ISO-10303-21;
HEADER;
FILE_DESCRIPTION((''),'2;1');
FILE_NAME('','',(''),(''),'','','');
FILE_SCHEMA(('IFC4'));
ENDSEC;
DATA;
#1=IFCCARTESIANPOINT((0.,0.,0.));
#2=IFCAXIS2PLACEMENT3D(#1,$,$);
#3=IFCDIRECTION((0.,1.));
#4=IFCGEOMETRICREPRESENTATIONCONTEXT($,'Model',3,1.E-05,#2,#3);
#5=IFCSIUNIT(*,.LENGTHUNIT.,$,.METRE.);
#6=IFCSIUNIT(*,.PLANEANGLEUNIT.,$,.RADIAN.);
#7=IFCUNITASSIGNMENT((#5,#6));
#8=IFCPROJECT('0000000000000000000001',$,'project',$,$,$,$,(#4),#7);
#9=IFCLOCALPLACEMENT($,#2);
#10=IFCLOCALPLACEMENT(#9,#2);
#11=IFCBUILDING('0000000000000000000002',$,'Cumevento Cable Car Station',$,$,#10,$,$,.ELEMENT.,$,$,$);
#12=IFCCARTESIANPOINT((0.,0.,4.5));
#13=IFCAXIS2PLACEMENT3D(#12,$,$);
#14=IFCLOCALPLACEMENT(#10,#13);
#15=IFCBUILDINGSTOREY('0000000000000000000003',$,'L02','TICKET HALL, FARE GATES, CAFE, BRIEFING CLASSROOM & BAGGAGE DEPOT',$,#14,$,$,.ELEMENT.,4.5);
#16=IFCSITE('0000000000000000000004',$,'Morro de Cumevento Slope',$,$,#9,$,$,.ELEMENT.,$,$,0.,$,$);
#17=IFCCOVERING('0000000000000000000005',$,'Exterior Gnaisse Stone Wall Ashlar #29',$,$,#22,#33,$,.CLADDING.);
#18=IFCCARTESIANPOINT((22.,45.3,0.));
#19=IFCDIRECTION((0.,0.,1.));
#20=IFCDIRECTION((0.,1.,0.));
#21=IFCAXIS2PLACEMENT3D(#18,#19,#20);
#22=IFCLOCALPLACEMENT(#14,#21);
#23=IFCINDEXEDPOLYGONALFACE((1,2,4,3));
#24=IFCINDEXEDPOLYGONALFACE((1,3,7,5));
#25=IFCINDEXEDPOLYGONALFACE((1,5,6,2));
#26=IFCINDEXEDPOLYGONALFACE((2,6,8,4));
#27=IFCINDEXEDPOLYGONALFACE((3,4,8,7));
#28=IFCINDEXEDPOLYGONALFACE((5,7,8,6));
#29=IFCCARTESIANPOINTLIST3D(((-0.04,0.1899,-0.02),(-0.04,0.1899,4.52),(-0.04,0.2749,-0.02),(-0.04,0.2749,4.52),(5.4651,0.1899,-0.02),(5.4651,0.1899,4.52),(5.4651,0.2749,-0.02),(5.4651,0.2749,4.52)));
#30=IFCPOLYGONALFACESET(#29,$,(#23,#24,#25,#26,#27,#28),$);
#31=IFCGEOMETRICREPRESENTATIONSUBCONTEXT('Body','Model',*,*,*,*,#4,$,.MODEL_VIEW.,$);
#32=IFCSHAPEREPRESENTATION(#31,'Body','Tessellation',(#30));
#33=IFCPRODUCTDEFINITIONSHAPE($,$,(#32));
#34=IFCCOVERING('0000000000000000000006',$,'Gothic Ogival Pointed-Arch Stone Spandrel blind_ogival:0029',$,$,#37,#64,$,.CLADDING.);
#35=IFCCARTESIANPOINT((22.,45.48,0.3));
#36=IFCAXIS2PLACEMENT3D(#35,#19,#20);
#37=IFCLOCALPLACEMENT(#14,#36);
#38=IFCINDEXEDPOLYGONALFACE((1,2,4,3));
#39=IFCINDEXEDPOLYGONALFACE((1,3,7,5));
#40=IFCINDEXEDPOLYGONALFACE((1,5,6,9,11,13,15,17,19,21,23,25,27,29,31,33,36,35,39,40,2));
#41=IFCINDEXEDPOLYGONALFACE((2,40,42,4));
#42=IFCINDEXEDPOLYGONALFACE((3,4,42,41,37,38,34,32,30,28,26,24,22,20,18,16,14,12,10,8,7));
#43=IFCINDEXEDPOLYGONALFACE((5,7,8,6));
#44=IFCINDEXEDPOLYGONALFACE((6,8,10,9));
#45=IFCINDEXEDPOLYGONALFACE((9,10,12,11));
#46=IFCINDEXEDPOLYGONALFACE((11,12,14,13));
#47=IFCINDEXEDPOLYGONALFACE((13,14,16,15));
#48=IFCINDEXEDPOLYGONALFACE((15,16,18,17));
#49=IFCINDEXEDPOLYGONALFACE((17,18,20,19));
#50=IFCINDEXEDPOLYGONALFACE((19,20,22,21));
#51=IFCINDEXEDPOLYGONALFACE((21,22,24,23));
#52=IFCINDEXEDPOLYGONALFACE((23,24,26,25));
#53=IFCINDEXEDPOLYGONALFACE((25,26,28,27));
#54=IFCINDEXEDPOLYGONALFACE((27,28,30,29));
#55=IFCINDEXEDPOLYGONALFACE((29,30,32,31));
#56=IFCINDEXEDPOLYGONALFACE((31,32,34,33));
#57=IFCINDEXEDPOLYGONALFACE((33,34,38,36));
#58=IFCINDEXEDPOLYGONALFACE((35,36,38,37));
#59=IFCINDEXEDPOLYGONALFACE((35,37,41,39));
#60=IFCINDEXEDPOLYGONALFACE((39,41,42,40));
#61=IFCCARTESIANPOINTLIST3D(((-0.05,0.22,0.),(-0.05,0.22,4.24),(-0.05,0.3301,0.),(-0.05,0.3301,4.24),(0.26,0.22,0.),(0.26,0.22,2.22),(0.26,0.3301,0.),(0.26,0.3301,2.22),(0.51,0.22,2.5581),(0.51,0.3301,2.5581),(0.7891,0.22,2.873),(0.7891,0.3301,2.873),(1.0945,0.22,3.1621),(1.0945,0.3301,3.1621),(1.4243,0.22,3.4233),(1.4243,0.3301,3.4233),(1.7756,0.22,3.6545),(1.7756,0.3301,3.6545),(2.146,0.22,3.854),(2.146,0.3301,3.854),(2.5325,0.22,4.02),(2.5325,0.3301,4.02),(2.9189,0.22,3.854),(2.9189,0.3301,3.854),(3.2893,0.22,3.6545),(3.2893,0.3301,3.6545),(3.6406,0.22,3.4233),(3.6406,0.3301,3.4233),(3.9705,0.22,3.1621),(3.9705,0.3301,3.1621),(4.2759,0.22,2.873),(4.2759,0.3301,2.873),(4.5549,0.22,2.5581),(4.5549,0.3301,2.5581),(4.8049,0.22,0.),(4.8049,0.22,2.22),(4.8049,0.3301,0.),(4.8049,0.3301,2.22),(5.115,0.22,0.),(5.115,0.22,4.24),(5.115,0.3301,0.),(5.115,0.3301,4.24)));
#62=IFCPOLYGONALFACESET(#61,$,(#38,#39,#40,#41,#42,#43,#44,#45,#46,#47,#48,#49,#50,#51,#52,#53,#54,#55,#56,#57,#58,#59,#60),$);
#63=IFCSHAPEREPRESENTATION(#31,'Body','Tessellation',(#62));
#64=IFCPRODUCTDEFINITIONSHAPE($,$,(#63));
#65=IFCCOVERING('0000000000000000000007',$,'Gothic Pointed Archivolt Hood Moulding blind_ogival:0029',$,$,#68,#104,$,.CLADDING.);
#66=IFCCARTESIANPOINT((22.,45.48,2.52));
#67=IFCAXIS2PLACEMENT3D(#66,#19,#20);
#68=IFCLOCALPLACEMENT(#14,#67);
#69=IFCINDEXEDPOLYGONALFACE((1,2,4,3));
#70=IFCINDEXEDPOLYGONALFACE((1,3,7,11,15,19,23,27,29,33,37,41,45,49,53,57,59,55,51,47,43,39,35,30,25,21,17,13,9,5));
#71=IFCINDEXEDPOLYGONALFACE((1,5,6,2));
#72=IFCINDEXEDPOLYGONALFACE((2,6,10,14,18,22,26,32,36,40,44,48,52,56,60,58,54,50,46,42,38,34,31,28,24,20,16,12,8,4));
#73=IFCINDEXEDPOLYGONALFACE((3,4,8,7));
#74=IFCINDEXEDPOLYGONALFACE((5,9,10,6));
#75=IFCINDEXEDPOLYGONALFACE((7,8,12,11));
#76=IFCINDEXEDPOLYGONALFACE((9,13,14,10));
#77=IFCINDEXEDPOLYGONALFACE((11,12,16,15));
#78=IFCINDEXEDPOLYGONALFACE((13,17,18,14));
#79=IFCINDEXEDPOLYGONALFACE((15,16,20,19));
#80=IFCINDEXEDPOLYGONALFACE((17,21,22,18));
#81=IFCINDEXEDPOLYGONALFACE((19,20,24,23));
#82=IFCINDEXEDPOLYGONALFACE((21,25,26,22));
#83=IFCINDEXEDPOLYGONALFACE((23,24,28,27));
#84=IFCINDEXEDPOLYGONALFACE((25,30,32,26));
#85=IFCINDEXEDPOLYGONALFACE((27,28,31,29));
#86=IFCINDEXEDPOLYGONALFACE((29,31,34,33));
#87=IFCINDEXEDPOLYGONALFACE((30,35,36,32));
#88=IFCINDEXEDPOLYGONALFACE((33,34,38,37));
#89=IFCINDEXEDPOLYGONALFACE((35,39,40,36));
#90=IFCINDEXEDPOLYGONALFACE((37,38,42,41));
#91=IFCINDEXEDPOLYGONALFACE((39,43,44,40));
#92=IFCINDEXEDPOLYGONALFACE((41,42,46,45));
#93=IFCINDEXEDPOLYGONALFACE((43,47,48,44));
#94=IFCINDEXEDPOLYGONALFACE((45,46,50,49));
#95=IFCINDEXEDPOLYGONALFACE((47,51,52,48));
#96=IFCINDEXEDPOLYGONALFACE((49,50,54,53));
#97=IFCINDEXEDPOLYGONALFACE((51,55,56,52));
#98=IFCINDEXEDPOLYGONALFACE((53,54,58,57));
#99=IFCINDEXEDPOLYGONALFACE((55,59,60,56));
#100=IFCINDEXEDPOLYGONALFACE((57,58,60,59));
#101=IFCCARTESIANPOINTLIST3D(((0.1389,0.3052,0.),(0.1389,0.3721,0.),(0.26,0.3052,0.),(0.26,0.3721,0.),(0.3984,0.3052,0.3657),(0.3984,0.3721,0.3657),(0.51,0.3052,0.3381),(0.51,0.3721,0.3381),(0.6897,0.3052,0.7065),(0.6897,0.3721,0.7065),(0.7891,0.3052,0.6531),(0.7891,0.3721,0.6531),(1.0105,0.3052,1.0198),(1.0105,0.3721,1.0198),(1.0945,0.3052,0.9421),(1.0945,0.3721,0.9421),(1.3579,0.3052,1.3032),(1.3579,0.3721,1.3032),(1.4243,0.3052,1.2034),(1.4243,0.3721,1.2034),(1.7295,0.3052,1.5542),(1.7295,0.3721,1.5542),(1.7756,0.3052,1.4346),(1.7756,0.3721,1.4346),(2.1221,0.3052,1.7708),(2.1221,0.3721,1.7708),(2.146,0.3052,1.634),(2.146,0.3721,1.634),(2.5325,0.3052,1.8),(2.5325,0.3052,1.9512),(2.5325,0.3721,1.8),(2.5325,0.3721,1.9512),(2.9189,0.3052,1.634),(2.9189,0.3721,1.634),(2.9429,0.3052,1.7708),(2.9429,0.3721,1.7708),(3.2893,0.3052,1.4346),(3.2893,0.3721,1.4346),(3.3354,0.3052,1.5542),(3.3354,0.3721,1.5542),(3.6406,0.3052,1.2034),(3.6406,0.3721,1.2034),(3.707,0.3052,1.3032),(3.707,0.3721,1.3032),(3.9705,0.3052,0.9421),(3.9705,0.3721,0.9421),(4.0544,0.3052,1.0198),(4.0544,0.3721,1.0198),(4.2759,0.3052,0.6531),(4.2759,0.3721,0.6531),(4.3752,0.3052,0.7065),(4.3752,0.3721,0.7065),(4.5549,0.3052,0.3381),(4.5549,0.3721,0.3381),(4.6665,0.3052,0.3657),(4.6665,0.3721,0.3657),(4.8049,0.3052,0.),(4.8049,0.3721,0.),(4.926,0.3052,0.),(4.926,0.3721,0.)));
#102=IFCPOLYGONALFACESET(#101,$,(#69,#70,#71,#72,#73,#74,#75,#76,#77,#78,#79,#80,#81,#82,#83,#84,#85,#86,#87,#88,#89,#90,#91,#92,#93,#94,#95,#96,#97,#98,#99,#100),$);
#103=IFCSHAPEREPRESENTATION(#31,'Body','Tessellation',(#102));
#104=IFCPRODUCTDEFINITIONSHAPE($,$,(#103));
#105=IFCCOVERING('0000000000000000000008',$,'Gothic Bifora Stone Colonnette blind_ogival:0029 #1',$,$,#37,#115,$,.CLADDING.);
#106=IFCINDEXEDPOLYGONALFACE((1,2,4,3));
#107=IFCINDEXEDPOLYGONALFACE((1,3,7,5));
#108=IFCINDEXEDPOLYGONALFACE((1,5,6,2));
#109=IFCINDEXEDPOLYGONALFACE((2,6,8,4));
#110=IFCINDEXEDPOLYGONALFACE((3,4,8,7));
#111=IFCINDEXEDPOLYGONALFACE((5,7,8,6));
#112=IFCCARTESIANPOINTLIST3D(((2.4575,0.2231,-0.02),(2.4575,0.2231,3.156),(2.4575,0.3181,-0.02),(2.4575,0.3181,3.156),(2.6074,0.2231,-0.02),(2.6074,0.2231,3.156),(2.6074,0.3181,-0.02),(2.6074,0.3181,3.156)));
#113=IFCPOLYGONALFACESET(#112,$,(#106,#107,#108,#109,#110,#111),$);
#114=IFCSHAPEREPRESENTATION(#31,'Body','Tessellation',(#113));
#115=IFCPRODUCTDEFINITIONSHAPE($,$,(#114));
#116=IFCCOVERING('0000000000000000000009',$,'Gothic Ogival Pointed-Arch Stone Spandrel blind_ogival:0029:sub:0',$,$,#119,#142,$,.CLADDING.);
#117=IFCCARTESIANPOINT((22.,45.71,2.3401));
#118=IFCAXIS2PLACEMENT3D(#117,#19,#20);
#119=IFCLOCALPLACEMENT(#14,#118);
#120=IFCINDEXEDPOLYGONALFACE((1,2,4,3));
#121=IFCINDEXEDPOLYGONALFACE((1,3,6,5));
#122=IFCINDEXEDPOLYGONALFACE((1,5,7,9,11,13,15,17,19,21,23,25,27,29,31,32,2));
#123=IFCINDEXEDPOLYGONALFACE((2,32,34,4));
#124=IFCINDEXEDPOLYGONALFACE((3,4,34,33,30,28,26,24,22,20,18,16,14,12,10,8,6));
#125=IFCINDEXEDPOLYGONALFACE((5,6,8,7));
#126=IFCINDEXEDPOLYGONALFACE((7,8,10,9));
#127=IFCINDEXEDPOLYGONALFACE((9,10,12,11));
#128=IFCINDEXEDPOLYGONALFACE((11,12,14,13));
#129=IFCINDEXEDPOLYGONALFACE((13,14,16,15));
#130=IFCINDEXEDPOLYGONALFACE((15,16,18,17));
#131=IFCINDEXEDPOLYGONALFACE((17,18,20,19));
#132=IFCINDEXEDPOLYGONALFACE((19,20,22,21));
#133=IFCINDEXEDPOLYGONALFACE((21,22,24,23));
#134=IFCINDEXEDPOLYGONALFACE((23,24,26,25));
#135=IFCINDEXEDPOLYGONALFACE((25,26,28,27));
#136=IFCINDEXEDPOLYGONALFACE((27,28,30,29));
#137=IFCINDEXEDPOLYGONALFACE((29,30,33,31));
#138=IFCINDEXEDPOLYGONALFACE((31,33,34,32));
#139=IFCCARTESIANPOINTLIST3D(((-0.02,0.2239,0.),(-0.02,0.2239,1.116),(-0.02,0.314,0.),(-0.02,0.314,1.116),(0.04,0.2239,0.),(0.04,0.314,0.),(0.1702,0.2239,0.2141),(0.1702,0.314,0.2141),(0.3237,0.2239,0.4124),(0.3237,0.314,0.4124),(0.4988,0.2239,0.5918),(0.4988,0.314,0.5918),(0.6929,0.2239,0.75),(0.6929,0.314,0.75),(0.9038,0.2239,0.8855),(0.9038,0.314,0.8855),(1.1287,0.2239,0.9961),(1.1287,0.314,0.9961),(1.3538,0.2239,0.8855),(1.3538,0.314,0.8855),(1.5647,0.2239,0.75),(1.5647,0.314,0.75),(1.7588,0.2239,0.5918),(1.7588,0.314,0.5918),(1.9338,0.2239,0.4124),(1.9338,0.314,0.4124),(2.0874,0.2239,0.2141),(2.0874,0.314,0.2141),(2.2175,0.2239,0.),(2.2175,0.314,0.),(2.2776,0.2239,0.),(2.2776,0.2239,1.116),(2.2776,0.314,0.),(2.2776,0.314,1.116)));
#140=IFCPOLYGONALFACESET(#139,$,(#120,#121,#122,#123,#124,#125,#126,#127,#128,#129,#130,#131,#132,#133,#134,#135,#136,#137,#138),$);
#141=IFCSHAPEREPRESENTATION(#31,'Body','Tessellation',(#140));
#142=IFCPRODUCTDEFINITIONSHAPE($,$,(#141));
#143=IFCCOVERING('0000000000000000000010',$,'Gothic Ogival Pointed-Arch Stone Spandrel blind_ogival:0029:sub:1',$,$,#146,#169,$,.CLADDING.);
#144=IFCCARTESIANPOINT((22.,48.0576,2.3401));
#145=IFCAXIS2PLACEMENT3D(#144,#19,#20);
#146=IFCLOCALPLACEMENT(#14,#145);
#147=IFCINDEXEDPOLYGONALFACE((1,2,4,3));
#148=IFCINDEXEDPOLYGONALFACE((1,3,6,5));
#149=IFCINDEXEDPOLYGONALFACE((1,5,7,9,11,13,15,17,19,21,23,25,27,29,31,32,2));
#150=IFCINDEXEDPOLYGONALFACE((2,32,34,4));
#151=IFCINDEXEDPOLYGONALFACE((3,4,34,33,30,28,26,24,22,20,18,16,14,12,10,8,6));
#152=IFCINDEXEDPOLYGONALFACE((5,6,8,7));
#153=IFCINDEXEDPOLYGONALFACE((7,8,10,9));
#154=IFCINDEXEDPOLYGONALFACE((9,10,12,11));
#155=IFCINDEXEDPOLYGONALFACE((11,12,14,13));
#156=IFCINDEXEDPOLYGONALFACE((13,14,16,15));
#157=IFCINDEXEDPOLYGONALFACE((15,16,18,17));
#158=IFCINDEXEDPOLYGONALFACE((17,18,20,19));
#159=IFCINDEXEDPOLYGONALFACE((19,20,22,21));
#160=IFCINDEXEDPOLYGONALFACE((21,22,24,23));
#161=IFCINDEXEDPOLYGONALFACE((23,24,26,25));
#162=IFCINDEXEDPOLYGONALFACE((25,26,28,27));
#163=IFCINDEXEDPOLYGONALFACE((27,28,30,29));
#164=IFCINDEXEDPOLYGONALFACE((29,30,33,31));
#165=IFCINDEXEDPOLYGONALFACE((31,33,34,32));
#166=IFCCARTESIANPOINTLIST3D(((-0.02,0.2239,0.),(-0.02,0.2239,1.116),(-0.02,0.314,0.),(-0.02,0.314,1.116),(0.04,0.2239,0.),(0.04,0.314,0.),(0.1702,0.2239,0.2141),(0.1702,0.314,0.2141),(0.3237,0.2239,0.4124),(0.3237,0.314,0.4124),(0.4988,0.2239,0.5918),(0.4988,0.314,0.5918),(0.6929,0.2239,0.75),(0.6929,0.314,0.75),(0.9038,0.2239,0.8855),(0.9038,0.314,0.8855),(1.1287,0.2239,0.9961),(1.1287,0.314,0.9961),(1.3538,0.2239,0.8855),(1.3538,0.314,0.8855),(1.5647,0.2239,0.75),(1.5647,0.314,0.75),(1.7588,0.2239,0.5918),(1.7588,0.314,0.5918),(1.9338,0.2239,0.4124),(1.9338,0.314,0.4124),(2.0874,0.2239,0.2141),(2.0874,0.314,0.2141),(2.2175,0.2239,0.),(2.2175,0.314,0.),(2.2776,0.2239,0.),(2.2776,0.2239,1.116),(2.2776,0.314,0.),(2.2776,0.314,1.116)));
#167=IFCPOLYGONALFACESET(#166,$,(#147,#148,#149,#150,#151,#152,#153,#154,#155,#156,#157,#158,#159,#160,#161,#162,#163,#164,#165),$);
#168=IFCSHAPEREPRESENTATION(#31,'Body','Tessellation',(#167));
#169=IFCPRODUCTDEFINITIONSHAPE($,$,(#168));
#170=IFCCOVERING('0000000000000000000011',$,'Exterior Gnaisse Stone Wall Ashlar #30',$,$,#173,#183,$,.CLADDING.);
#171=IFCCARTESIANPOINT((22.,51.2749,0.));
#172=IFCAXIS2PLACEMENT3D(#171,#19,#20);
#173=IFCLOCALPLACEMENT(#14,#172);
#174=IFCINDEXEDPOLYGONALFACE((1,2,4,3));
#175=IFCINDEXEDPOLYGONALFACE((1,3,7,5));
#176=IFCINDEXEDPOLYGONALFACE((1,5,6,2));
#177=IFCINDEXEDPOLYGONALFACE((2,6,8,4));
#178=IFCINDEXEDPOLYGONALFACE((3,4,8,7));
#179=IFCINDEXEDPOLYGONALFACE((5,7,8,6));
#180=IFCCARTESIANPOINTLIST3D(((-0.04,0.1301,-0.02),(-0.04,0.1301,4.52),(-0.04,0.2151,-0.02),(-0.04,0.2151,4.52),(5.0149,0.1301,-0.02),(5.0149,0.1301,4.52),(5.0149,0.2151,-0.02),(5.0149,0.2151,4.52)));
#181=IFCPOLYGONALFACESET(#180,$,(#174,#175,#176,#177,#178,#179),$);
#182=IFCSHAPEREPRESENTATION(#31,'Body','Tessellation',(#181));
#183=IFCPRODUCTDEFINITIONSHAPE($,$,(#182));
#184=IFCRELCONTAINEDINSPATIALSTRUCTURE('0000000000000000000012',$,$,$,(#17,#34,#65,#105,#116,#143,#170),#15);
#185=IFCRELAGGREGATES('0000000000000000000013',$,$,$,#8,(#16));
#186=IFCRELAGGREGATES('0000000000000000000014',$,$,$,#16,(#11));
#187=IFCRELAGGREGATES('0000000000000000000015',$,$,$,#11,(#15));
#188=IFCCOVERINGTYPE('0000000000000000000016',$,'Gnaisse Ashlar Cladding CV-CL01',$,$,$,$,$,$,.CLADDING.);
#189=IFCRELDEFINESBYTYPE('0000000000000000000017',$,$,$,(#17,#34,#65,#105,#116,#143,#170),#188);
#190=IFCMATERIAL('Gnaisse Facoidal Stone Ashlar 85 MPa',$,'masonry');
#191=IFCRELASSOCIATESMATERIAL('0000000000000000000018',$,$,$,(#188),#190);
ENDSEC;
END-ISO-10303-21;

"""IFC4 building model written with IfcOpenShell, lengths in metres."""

from ifc_helpers import new_model, si_unit, direction, frame, origin, place, context, subcontext, project, spatial, polyline, outline, extrude, material, type_object, element, save


model = new_model("IFC4")

# Units and contexts
model_context = context("Model", 3, precision=1e-05, world=origin(), true_north=direction((0.0, 1.0)))
body_context = subcontext(model_context, "Body", "Model", "MODEL_VIEW")
ifc_project = project(units=[si_unit("LENGTHUNIT", "METRE"), si_unit("PLANEANGLEUNIT", "RADIAN")], contexts=[model_context])

# Site, building, storey
site_placement = place(None, origin())
site = spatial("IfcSite", under=ifc_project, at=site_placement, Name="Morro de Cumevento Slope", CompositionType="ELEMENT", RefElevation=0.0)
building_placement = place(site_placement, origin())
building = spatial("IfcBuilding", under=site, at=building_placement, Name="Cumevento Cable Car Station", CompositionType="ELEMENT")
storey_placement = place(building_placement, frame((0.0, 0.0, 4.5)))
storey = spatial("IfcBuildingStorey", under=building, at=storey_placement, Name="L02", Description="TICKET HALL, FARE GATES, CAFE, BRIEFING CLASSROOM & BAGGAGE DEPOT", CompositionType="ELEMENT", Elevation=4.5)

# Coverings
ifc_material_1 = material(Name="Gnaisse Facoidal Stone Ashlar 85 MPa", Category="masonry")
covering_type = type_object("IfcCoveringType", Name="Gnaisse Ashlar Cladding CV-CL01", PredefinedType="CLADDING", material=ifc_material_1)
covering_1_placement = place(storey_placement, frame((22.0, 45.3, 0.0), z_axis=(0.0, 0.0, 1.0), x_axis=(0.0, 1.0, 0.0)))
element("IfcCovering", 1, at=covering_1_placement, inside=storey, type_object=covering_type, Name="Exterior Gnaisse Stone Wall Ashlar #29", PredefinedType="CLADDING", context=body_context, shape_type="SweptSolid", body=[
    extrude(outline(polyline([(-0.04, -0.02), (5.4651, -0.02), (5.4651, 4.52), (-0.04, 4.52), (-0.04, -0.02)])), frame((0.0, 0.2749, 0.0), z_axis=(0.0, -1.0, 0.0), x_axis=(1.0, 0.0, 0.0)), (0.0, 0.0, 1.0), 0.085),
])
placement = place(storey_placement, frame((22.0, 45.48, 0.3), z_axis=(0.0, 0.0, 1.0), x_axis=(0.0, 1.0, 0.0)))
element("IfcCovering", 2, at=placement, inside=storey, type_object=covering_type, Name="Gothic Ogival Pointed-Arch Stone Spandrel blind_ogival:0029", PredefinedType="CLADDING", context=body_context, shape_type="SweptSolid", body=[
    extrude(outline(polyline([(-0.05, 0.0), (-0.05, 4.24), (5.115, 4.24), (5.115, 0.0), (4.8049, 0.0), (4.8049, 2.22), (4.5549, 2.5581), (4.2759, 2.873), (3.9705, 3.1621), (3.6406, 3.4233), (3.2893, 3.6545), (2.9189, 3.854), (2.5325, 4.02), (2.146, 3.854), (1.7756, 3.6545), (1.4243, 3.4233), (1.0945, 3.1621), (0.7891, 2.873), (0.51, 2.5581), (0.26, 2.22), (0.26, 0.0), (-0.05, 0.0)])), frame((0.0, 0.3301, 0.0), z_axis=(0.0, -1.0, 0.0), x_axis=(1.0, 0.0, 0.0)), (0.0, 0.0, 1.0), 0.1101),
])
covering_2_placement = place(storey_placement, frame((22.0, 45.48, 2.52), z_axis=(0.0, 0.0, 1.0), x_axis=(0.0, 1.0, 0.0)))
element("IfcCovering", 3, at=covering_2_placement, inside=storey, type_object=covering_type, Name="Gothic Pointed Archivolt Hood Moulding blind_ogival:0029", PredefinedType="CLADDING", context=body_context, shape_type="SweptSolid", body=[
    extrude(outline(polyline([(0.26, 0.0), (0.51, 0.3381), (0.7891, 0.6531), (1.0945, 0.9421), (1.4243, 1.2034), (1.7756, 1.4346), (2.146, 1.634), (2.5325, 1.8), (2.9189, 1.634), (3.2893, 1.4346), (3.6406, 1.2034), (3.9705, 0.9421), (4.2759, 0.6531), (4.5549, 0.3381), (4.8049, 0.0), (4.926, 0.0), (4.6665, 0.3657), (4.3752, 0.7065), (4.0544, 1.0198), (3.707, 1.3032), (3.3354, 1.5542), (2.9429, 1.7708), (2.5325, 1.9512), (2.1221, 1.7708), (1.7295, 1.5542), (1.3579, 1.3032), (1.0105, 1.0198), (0.6897, 0.7065), (0.3984, 0.3657), (0.1389, 0.0), (0.26, 0.0)])), frame((0.0, 0.3721, 0.0), z_axis=(0.0, -1.0, 0.0), x_axis=(1.0, 0.0, 0.0)), (0.0, 0.0, 1.0), 0.0669),
])
element("IfcCovering", 4, at=placement, inside=storey, type_object=covering_type, Name="Gothic Bifora Stone Colonnette blind_ogival:0029 #1", PredefinedType="CLADDING", context=body_context, shape_type="SweptSolid", body=[
    extrude(outline(polyline([(2.4575, -0.02), (2.6074, -0.02), (2.6074, 3.156), (2.4575, 3.156), (2.4575, -0.02)])), frame((0.0, 0.3181, 0.0), z_axis=(0.0, -1.0, 0.0), x_axis=(1.0, 0.0, 0.0)), (0.0, 0.0, 1.0), 0.095),
])
for number, where, z_axis, x_axis, name in (
    (5, (22.0, 45.71, 2.3401), (0.0, 0.0, 1.0), (0.0, 1.0, 0.0), "Gothic Ogival Pointed-Arch Stone Spandrel blind_ogival:0029:sub:0"),
    (6, (22.0, 48.0576, 2.3401), (0.0, 0.0, 1.0), (0.0, 1.0, 0.0), "Gothic Ogival Pointed-Arch Stone Spandrel blind_ogival:0029:sub:1"),
):
    element("IfcCovering", number, at=place(storey_placement, frame(where, z_axis=z_axis, x_axis=x_axis)), inside=storey, type_object=covering_type, Name=name, PredefinedType="CLADDING", context=body_context, shape_type="SweptSolid", body=[
        extrude(outline(polyline([(-0.02, 0.0), (-0.02, 1.116), (2.2776, 1.116), (2.2776, 0.0), (2.2175, 0.0), (2.0874, 0.2141), (1.9338, 0.4124), (1.7588, 0.5918), (1.5647, 0.75), (1.3538, 0.8855), (1.1287, 0.9961), (0.9038, 0.8855), (0.6929, 0.75), (0.4988, 0.5918), (0.3237, 0.4124), (0.1702, 0.2141), (0.04, 0.0), (-0.02, 0.0)])), frame((0.0, 0.314, 0.0), z_axis=(0.0, -1.0, 0.0), x_axis=(1.0, 0.0, 0.0)), (0.0, 0.0, 1.0), 0.0901),
    ])
covering_3_placement = place(storey_placement, frame((22.0, 51.2749, 0.0), z_axis=(0.0, 0.0, 1.0), x_axis=(0.0, 1.0, 0.0)))
element("IfcCovering", 7, at=covering_3_placement, inside=storey, type_object=covering_type, Name="Exterior Gnaisse Stone Wall Ashlar #30", PredefinedType="CLADDING", context=body_context, shape_type="SweptSolid", body=[
    extrude(outline(polyline([(-0.04, -0.02), (5.0149, -0.02), (5.0149, 4.52), (-0.04, 4.52), (-0.04, -0.02)])), frame((0.0, 0.2151, 0.0), z_axis=(0.0, -1.0, 0.0), x_axis=(1.0, 0.0, 0.0)), (0.0, 0.0, 1.0), 0.085),
])

save(model, "model.ifc")
